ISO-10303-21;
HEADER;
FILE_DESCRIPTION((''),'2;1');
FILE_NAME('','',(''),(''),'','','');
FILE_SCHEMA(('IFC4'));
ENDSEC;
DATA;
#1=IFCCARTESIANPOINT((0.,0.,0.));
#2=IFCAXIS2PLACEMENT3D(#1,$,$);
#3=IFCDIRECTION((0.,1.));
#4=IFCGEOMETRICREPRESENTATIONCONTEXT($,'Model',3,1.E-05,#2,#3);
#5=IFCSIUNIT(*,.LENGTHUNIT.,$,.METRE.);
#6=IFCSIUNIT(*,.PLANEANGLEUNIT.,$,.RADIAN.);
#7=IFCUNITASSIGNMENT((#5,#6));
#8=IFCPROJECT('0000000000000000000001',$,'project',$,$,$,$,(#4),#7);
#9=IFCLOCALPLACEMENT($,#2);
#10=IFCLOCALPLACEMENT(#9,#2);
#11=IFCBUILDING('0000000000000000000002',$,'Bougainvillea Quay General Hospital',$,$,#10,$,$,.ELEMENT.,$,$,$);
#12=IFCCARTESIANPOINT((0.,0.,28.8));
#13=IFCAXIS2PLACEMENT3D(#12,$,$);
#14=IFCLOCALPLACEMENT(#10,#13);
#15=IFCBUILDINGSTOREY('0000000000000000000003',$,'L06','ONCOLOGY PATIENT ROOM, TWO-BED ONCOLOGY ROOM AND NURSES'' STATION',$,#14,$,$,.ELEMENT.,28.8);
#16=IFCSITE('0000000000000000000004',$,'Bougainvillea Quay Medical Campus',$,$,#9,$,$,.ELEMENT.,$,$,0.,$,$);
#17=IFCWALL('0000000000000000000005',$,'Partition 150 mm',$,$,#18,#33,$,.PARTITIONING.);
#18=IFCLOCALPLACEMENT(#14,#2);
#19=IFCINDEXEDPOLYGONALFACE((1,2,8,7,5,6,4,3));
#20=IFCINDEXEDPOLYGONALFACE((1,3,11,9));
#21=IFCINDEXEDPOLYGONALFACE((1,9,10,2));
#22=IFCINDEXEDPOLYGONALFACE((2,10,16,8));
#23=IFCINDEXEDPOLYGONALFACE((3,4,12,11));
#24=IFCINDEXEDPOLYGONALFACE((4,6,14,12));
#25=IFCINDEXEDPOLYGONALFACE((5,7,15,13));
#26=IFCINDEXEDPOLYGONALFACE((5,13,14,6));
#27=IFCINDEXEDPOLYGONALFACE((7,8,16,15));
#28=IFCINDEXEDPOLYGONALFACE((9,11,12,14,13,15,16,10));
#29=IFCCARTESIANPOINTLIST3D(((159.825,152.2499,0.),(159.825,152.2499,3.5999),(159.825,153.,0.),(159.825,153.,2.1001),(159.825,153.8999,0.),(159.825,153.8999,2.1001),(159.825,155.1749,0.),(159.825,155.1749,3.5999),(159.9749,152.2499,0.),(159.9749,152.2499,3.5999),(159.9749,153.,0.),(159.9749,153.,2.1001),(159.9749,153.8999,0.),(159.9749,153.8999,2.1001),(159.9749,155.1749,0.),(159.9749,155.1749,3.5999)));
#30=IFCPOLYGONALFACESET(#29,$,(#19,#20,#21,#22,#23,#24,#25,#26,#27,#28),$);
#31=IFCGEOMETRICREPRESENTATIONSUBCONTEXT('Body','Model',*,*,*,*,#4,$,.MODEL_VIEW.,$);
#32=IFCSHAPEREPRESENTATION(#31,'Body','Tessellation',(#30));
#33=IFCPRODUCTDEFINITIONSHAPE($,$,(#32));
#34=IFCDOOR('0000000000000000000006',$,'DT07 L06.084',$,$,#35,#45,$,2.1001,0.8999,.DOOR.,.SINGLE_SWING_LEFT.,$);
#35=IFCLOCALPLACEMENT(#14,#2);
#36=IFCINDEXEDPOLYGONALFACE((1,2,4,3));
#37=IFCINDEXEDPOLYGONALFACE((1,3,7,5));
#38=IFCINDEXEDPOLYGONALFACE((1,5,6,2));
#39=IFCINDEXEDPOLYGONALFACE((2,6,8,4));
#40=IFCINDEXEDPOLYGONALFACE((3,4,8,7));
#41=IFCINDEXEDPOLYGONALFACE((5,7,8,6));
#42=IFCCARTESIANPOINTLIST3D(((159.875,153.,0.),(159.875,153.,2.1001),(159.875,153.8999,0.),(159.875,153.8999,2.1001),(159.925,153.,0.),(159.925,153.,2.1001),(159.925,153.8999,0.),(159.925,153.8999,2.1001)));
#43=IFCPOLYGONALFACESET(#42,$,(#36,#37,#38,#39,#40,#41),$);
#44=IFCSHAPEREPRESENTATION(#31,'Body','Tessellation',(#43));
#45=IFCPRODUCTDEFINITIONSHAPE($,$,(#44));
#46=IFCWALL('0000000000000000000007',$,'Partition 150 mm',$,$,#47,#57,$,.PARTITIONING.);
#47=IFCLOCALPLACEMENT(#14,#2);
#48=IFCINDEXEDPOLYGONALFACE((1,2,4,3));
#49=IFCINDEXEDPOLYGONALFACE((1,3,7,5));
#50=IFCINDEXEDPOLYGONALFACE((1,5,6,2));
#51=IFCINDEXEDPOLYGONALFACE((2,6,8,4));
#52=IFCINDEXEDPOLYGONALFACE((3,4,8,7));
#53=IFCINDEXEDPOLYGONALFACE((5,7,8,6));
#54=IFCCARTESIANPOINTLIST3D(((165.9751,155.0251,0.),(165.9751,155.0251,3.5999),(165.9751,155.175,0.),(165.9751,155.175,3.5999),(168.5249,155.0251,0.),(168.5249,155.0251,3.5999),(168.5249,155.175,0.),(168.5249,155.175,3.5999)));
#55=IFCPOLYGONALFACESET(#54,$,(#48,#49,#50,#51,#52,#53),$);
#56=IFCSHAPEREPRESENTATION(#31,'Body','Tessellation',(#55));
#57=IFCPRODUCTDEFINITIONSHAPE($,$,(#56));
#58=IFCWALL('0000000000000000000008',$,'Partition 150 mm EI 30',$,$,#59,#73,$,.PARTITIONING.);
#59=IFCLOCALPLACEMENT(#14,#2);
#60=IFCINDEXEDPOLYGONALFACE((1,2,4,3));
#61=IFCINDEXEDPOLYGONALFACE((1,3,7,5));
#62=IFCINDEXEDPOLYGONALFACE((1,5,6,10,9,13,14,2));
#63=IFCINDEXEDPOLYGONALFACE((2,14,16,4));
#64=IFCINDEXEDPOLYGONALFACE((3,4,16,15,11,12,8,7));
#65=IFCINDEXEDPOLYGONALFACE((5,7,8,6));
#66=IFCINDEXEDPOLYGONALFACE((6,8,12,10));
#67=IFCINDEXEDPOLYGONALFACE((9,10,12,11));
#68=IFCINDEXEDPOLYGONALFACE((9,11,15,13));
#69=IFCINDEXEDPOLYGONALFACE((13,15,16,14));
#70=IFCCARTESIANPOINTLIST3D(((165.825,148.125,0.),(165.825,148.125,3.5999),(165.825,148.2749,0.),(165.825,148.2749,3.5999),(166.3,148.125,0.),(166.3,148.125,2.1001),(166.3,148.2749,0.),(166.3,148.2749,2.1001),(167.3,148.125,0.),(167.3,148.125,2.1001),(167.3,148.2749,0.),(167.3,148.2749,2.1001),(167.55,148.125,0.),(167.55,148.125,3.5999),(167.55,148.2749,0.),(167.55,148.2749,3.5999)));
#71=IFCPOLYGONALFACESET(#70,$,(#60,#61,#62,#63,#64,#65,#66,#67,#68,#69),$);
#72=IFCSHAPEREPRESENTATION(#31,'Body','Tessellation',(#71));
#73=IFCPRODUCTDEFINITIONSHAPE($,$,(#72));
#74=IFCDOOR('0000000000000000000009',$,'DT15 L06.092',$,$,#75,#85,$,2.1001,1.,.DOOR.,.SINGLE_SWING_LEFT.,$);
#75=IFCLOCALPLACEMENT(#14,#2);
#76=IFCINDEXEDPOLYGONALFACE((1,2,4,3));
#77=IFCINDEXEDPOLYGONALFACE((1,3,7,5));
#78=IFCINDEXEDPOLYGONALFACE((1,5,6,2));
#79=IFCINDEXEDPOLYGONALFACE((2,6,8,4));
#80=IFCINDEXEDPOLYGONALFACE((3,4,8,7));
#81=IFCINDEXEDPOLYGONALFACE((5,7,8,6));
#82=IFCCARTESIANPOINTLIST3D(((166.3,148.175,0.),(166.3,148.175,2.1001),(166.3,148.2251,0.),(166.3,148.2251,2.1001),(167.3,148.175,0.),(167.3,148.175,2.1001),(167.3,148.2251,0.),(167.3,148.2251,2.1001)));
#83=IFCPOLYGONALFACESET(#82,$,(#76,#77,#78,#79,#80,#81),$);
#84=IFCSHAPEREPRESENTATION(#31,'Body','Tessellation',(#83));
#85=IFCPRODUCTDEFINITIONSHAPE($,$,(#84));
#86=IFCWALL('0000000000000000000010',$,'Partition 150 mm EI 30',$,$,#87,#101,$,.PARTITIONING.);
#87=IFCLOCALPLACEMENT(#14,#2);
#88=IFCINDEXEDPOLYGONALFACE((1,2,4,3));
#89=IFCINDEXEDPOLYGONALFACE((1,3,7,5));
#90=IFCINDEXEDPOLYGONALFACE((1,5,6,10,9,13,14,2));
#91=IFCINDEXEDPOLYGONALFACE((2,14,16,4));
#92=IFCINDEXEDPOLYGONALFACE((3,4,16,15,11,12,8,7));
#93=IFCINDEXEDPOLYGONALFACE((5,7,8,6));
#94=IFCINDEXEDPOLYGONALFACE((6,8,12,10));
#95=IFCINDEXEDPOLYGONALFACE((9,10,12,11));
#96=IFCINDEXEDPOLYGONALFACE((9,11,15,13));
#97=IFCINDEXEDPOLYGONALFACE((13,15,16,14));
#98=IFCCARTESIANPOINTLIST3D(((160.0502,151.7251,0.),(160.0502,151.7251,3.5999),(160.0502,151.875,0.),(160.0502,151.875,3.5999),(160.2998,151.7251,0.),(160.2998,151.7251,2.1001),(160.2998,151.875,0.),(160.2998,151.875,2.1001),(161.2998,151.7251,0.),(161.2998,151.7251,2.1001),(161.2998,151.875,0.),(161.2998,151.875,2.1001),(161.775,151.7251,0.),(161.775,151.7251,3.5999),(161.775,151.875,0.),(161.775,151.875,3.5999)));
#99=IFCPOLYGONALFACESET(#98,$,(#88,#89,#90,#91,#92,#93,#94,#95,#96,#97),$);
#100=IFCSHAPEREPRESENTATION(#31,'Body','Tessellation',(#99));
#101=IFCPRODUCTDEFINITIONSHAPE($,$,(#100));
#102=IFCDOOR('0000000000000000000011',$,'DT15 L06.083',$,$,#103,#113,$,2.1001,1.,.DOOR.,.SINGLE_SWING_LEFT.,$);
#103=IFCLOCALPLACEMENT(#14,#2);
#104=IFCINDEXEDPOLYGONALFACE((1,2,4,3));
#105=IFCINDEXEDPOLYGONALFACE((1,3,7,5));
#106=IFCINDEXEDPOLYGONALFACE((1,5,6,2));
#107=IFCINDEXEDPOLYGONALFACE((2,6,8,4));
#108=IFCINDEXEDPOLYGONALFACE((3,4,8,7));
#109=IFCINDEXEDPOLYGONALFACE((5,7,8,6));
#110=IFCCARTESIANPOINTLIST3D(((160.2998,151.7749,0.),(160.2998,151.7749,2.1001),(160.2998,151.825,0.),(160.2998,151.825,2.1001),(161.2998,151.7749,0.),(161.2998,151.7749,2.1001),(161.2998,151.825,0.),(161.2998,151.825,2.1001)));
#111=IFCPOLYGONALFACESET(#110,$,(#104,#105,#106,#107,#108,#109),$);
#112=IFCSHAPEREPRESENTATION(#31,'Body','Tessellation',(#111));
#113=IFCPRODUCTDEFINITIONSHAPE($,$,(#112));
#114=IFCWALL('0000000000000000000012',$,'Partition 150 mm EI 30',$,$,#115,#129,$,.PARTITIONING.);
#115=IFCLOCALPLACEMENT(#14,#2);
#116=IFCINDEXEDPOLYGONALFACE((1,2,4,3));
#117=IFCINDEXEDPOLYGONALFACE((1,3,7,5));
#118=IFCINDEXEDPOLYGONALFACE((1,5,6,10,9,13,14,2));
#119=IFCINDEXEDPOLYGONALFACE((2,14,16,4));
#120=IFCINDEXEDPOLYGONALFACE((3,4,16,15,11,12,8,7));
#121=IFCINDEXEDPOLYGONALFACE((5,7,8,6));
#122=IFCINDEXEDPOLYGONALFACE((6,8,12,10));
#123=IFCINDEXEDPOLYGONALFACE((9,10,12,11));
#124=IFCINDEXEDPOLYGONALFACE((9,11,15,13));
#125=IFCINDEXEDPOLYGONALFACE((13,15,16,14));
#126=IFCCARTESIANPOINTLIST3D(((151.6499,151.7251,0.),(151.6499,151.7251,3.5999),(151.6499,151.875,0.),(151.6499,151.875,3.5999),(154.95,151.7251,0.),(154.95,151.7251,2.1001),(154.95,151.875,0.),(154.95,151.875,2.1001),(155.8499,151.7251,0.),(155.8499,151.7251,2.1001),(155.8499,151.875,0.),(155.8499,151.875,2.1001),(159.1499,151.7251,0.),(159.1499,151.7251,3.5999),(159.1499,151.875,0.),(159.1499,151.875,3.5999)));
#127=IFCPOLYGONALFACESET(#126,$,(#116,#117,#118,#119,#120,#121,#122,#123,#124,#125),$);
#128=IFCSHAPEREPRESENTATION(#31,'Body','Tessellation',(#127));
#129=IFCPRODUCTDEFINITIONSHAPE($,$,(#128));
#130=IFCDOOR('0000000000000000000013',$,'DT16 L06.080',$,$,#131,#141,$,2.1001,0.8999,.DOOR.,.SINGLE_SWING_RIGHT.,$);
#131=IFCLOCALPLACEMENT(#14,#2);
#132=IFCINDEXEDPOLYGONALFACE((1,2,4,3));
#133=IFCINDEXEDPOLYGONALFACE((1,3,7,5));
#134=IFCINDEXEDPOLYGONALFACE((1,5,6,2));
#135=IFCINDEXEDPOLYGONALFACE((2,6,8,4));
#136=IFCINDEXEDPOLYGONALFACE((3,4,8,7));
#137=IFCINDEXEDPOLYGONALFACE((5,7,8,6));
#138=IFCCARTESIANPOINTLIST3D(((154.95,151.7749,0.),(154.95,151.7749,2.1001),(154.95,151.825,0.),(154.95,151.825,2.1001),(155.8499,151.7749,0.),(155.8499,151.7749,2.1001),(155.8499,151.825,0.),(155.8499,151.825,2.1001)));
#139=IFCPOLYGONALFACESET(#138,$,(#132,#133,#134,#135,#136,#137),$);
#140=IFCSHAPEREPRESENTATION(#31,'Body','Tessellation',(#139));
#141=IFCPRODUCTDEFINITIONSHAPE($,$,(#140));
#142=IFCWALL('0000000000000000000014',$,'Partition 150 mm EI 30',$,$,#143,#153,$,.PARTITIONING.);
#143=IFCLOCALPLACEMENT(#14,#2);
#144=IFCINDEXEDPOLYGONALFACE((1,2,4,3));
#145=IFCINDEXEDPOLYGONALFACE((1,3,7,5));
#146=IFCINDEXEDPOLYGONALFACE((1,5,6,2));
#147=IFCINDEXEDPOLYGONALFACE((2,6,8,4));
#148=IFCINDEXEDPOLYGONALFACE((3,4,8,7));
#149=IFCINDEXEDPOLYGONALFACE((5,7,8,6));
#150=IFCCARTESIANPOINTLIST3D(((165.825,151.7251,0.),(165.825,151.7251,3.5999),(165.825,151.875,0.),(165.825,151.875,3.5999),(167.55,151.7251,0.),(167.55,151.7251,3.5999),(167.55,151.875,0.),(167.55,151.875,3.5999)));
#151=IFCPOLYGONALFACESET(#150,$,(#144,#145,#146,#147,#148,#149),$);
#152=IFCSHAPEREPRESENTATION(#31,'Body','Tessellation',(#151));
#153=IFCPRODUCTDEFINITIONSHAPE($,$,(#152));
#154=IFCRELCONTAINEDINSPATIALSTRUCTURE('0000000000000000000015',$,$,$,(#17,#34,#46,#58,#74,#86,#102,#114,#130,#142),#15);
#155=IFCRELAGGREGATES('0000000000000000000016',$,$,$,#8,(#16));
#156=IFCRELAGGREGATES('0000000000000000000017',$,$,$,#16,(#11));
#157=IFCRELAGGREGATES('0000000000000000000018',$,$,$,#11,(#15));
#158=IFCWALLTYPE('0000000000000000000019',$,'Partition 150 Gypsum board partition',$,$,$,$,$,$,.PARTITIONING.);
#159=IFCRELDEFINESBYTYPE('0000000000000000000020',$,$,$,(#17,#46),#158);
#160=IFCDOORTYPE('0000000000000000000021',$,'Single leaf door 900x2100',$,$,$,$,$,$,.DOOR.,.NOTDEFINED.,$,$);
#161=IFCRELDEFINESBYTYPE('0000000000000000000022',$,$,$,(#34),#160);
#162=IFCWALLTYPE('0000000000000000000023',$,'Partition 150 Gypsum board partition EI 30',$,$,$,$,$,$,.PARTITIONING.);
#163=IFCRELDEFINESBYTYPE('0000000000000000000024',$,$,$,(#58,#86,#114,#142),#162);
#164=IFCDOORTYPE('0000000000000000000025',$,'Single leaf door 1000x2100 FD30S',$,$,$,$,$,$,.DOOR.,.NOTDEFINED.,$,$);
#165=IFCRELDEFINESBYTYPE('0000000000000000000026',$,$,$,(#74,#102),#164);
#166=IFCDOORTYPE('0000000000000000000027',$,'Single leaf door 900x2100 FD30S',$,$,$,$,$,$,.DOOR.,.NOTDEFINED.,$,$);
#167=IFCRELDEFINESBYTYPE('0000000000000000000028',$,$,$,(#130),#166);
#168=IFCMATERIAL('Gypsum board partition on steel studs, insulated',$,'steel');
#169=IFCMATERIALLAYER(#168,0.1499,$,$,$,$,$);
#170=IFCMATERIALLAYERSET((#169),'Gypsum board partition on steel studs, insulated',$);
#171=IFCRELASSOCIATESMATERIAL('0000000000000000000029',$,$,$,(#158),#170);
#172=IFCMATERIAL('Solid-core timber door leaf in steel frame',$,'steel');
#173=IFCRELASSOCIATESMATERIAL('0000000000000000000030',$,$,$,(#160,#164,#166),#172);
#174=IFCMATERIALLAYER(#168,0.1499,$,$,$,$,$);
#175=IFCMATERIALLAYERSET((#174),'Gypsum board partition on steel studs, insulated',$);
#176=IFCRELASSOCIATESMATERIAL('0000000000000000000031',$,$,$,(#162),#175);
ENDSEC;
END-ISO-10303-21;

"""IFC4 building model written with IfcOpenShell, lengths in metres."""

from ifc_helpers import new_model, si_unit, direction, frame, frame_2d, origin, place, context, subcontext, project, spatial, rectangle, extrude, material, layer, layer_set, type_object, element, fill, save


model = new_model("IFC4")

# Units and contexts
model_context = context("Model", 3, precision=1e-05, world=origin(), true_north=direction((0.0, 1.0)))
body_context = subcontext(model_context, "Body", "Model", "MODEL_VIEW")
ifc_project = project(units=[si_unit("LENGTHUNIT", "METRE"), si_unit("PLANEANGLEUNIT", "RADIAN")], contexts=[model_context])

# Site, building, storey
site_placement = place(None, origin())
site = spatial("IfcSite", under=ifc_project, at=site_placement, Name="Bougainvillea Quay Medical Campus", CompositionType="ELEMENT", RefElevation=0.0)
building_placement = place(site_placement, origin())
building = spatial("IfcBuilding", under=site, at=building_placement, Name="Bougainvillea Quay General Hospital", CompositionType="ELEMENT")
storey_placement = place(building_placement, frame((0.0, 0.0, 28.8)))
storey = spatial("IfcBuildingStorey", under=building, at=storey_placement, Name="L06", Description="ONCOLOGY PATIENT ROOM, TWO-BED ONCOLOGY ROOM AND NURSES' STATION", CompositionType="ELEMENT", Elevation=28.8)

# Shared definitions
ifc_material_1 = material(Name="Gypsum board partition on steel studs, insulated", Category="steel")
ifc_layer_1 = layer(ifc_material_1, 0.1499)
ifc_layer_set_1 = layer_set([ifc_layer_1], Name="Gypsum board partition on steel studs, insulated")
wall_type_1 = type_object("IfcWallType", Name="Partition 150 Gypsum board partition", PredefinedType="PARTITIONING", material=ifc_layer_set_1)

# Wall, opening, door
wall_1_placement = place(storey_placement, frame((159.8999, 152.25, 0.0), z_axis=(0.0, 0.0, 1.0), x_axis=(0.0, 1.0, 0.0)))
wall_1 = element("IfcWall", 1, at=wall_1_placement, inside=storey, type_object=wall_type_1, Name="Partition 150 mm", PredefinedType="PARTITIONING", context=body_context, shape_type="SweptSolid", body=[
    extrude(rectangle(XDim=2.925, YDim=0.1499, at=frame_2d((1.4624, 0.0))), origin(), (0.0, 0.0, 1.0), 3.5999),
])
opening_1_placement = place(wall_1_placement, frame((0.75, 0.0, 0.0)))
opening_1 = element("IfcOpeningElement", 2, at=opening_1_placement, cuts=wall_1, PredefinedType="OPENING", context=body_context, shape_type="SweptSolid", body=[
    extrude(rectangle(XDim=0.8999, YDim=2.1001, at=frame_2d((0.45, 1.05))), frame((0.0, 0.085, 0.0), z_axis=(0.0, -1.0, 0.0), x_axis=(1.0, 0.0, 0.0)), (0.0, 0.0, 1.0), 0.1699),
])
ifc_material_2 = material(Name="Solid-core timber door leaf in steel frame", Category="steel")
door_type_1 = type_object("IfcDoorType", Name="Single leaf door 900x2100", OperationType="NOTDEFINED", PredefinedType="DOOR", material=ifc_material_2)
door_1_placement = place(opening_1_placement, origin())
door_1 = element("IfcDoor", 3, at=door_1_placement, inside=storey, type_object=door_type_1, Name="DT07 L06.084", OperationType="SINGLE_SWING_LEFT", OverallHeight=2.1001, OverallWidth=0.8999, PredefinedType="DOOR", context=body_context, shape_type="SweptSolid", body=[
    extrude(rectangle(XDim=0.8999, YDim=2.1001, at=frame_2d((0.45, 1.05))), frame((0.0, 0.0249, 0.0), z_axis=(0.0, -1.0, 0.0), x_axis=(1.0, 0.0, 0.0)), (0.0, 0.0, 1.0), 0.05),
])
fill(opening_1, door_1)

# Wall
wall_2_placement = place(storey_placement, frame((165.9751, 155.1001, 0.0), z_axis=(0.0, 0.0, 1.0), x_axis=(1.0, 0.0, 0.0)))
element("IfcWall", 4, at=wall_2_placement, inside=storey, type_object=wall_type_1, Name="Partition 150 mm", PredefinedType="PARTITIONING", context=body_context, shape_type="SweptSolid", body=[
    extrude(rectangle(XDim=2.5498, YDim=0.1499, at=frame_2d((1.2749, 0.0))), origin(), (0.0, 0.0, 1.0), 3.5999),
])

# Walls, openings, doors
ifc_layer_2 = layer(ifc_material_1, 0.1499)
ifc_layer_set_2 = layer_set([ifc_layer_2], Name="Gypsum board partition on steel studs, insulated")
wall_type_2 = type_object("IfcWallType", Name="Partition 150 Gypsum board partition EI 30", PredefinedType="PARTITIONING", material=ifc_layer_set_2)
wall_3_placement = place(storey_placement, frame((167.55, 148.2, 0.0), z_axis=(0.0, 0.0, 1.0), x_axis=(-1.0, 0.0, 0.0)))
wall_3 = element("IfcWall", 5, at=wall_3_placement, inside=storey, type_object=wall_type_2, Name="Partition 150 mm EI 30", PredefinedType="PARTITIONING", context=body_context, shape_type="SweptSolid", body=[
    extrude(rectangle(XDim=1.7251, YDim=0.1499, at=frame_2d((0.8625, 0.0))), origin(), (0.0, 0.0, 1.0), 3.5999),
])
opening_2_placement = place(wall_3_placement, frame((0.25, 0.0, 0.0)))
opening_2 = element("IfcOpeningElement", 6, at=opening_2_placement, cuts=wall_3, PredefinedType="OPENING", context=body_context, shape_type="SweptSolid", body=[
    extrude(rectangle(XDim=1.0, YDim=2.1001, at=frame_2d((0.5, 1.05))), frame((0.0, 0.085, 0.0), z_axis=(0.0, -1.0, 0.0), x_axis=(1.0, 0.0, 0.0)), (0.0, 0.0, 1.0), 0.1699),
])
door_type_2 = type_object("IfcDoorType", Name="Single leaf door 1000x2100 FD30S", OperationType="NOTDEFINED", PredefinedType="DOOR", material=ifc_material_2)
door_2_placement = place(opening_2_placement, origin())
door_2 = element("IfcDoor", 7, at=door_2_placement, inside=storey, type_object=door_type_2, Name="DT15 L06.092", OperationType="SINGLE_SWING_LEFT", OverallHeight=2.1001, OverallWidth=1.0, PredefinedType="DOOR", context=body_context, shape_type="SweptSolid", body=[
    extrude(rectangle(XDim=1.0, YDim=2.1001, at=frame_2d((0.5, 1.05))), frame((0.0, 0.0249, 0.0), z_axis=(0.0, -1.0, 0.0), x_axis=(1.0, 0.0, 0.0)), (0.0, 0.0, 1.0), 0.05),
])
fill(opening_2, door_2)
wall_4_placement = place(storey_placement, frame((161.7749, 151.8, 0.0), z_axis=(0.0, 0.0, 1.0), x_axis=(-1.0, 0.0, 0.0)))
wall_4 = element("IfcWall", 8, at=wall_4_placement, inside=storey, type_object=wall_type_2, Name="Partition 150 mm EI 30", PredefinedType="PARTITIONING", context=body_context, shape_type="SweptSolid", body=[
    extrude(rectangle(XDim=1.7249, YDim=0.1499, at=frame_2d((0.8623, 0.0))), origin(), (0.0, 0.0, 1.0), 3.5999),
])
opening_3_placement = place(wall_4_placement, frame((0.4751, 0.0, 0.0)))
opening_3 = element("IfcOpeningElement", 9, at=opening_3_placement, cuts=wall_4, PredefinedType="OPENING", context=body_context, shape_type="SweptSolid", body=[
    extrude(rectangle(XDim=1.0, YDim=2.1001, at=frame_2d((0.5, 1.05))), frame((0.0, 0.085, 0.0), z_axis=(0.0, -1.0, 0.0), x_axis=(1.0, 0.0, 0.0)), (0.0, 0.0, 1.0), 0.1699),
])
door_3_placement = place(opening_3_placement, frame((1.0, 0.0, 0.0), z_axis=(0.0, 0.0, 1.0), x_axis=(-1.0, 0.0, 0.0)))
door_3 = element("IfcDoor", 10, at=door_3_placement, inside=storey, type_object=door_type_2, Name="DT15 L06.083", OperationType="SINGLE_SWING_LEFT", OverallHeight=2.1001, OverallWidth=1.0, PredefinedType="DOOR", context=body_context, shape_type="SweptSolid", body=[
    extrude(rectangle(XDim=1.0, YDim=2.1001, at=frame_2d((0.5, 1.05))), frame((0.0, 0.0249, 0.0), z_axis=(0.0, -1.0, 0.0), x_axis=(1.0, 0.0, 0.0)), (0.0, 0.0, 1.0), 0.05),
])
fill(opening_3, door_3)
wall_5_placement = place(storey_placement, frame((159.1499, 151.8, 0.0), z_axis=(0.0, 0.0, 1.0), x_axis=(-1.0, 0.0, 0.0)))
wall_5 = element("IfcWall", 11, at=wall_5_placement, inside=storey, type_object=wall_type_2, Name="Partition 150 mm EI 30", PredefinedType="PARTITIONING", context=body_context, shape_type="SweptSolid", body=[
    extrude(rectangle(XDim=7.5, YDim=0.1499, at=frame_2d((3.75, 0.0))), origin(), (0.0, 0.0, 1.0), 3.5999),
])
opening_4_placement = place(wall_5_placement, frame((3.3, 0.0, 0.0)))
opening_4 = element("IfcOpeningElement", 12, at=opening_4_placement, cuts=wall_5, PredefinedType="OPENING", context=body_context, shape_type="SweptSolid", body=[
    extrude(rectangle(XDim=0.8999, YDim=2.1001, at=frame_2d((0.45, 1.05))), frame((0.0, 0.085, 0.0), z_axis=(0.0, -1.0, 0.0), x_axis=(1.0, 0.0, 0.0)), (0.0, 0.0, 1.0), 0.1699),
])
door_type_3 = type_object("IfcDoorType", Name="Single leaf door 900x2100 FD30S", OperationType="NOTDEFINED", PredefinedType="DOOR", material=ifc_material_2)
door_4_placement = place(opening_4_placement, frame((0.8999, 0.0, 0.0), z_axis=(0.0, 0.0, 1.0), x_axis=(-1.0, 0.0, 0.0)))
door_4 = element("IfcDoor", 13, at=door_4_placement, inside=storey, type_object=door_type_3, Name="DT16 L06.080", OperationType="SINGLE_SWING_RIGHT", OverallHeight=2.1001, OverallWidth=0.8999, PredefinedType="DOOR", context=body_context, shape_type="SweptSolid", body=[
    extrude(rectangle(XDim=0.8999, YDim=2.1001, at=frame_2d((0.45, 1.05))), frame((0.0, 0.0249, 0.0), z_axis=(0.0, -1.0, 0.0), x_axis=(1.0, 0.0, 0.0)), (0.0, 0.0, 1.0), 0.05),
])
fill(opening_4, door_4)

# Wall
wall_6_placement = place(storey_placement, frame((165.825, 151.8, 0.0), z_axis=(0.0, 0.0, 1.0), x_axis=(1.0, 0.0, 0.0)))
element("IfcWall", 14, at=wall_6_placement, inside=storey, type_object=wall_type_2, Name="Partition 150 mm EI 30", PredefinedType="PARTITIONING", context=body_context, shape_type="SweptSolid", body=[
    extrude(rectangle(XDim=1.7251, YDim=0.1499, at=frame_2d((0.8625, 0.0))), origin(), (0.0, 0.0, 1.0), 3.5999),
])

save(model, "model.ifc")
